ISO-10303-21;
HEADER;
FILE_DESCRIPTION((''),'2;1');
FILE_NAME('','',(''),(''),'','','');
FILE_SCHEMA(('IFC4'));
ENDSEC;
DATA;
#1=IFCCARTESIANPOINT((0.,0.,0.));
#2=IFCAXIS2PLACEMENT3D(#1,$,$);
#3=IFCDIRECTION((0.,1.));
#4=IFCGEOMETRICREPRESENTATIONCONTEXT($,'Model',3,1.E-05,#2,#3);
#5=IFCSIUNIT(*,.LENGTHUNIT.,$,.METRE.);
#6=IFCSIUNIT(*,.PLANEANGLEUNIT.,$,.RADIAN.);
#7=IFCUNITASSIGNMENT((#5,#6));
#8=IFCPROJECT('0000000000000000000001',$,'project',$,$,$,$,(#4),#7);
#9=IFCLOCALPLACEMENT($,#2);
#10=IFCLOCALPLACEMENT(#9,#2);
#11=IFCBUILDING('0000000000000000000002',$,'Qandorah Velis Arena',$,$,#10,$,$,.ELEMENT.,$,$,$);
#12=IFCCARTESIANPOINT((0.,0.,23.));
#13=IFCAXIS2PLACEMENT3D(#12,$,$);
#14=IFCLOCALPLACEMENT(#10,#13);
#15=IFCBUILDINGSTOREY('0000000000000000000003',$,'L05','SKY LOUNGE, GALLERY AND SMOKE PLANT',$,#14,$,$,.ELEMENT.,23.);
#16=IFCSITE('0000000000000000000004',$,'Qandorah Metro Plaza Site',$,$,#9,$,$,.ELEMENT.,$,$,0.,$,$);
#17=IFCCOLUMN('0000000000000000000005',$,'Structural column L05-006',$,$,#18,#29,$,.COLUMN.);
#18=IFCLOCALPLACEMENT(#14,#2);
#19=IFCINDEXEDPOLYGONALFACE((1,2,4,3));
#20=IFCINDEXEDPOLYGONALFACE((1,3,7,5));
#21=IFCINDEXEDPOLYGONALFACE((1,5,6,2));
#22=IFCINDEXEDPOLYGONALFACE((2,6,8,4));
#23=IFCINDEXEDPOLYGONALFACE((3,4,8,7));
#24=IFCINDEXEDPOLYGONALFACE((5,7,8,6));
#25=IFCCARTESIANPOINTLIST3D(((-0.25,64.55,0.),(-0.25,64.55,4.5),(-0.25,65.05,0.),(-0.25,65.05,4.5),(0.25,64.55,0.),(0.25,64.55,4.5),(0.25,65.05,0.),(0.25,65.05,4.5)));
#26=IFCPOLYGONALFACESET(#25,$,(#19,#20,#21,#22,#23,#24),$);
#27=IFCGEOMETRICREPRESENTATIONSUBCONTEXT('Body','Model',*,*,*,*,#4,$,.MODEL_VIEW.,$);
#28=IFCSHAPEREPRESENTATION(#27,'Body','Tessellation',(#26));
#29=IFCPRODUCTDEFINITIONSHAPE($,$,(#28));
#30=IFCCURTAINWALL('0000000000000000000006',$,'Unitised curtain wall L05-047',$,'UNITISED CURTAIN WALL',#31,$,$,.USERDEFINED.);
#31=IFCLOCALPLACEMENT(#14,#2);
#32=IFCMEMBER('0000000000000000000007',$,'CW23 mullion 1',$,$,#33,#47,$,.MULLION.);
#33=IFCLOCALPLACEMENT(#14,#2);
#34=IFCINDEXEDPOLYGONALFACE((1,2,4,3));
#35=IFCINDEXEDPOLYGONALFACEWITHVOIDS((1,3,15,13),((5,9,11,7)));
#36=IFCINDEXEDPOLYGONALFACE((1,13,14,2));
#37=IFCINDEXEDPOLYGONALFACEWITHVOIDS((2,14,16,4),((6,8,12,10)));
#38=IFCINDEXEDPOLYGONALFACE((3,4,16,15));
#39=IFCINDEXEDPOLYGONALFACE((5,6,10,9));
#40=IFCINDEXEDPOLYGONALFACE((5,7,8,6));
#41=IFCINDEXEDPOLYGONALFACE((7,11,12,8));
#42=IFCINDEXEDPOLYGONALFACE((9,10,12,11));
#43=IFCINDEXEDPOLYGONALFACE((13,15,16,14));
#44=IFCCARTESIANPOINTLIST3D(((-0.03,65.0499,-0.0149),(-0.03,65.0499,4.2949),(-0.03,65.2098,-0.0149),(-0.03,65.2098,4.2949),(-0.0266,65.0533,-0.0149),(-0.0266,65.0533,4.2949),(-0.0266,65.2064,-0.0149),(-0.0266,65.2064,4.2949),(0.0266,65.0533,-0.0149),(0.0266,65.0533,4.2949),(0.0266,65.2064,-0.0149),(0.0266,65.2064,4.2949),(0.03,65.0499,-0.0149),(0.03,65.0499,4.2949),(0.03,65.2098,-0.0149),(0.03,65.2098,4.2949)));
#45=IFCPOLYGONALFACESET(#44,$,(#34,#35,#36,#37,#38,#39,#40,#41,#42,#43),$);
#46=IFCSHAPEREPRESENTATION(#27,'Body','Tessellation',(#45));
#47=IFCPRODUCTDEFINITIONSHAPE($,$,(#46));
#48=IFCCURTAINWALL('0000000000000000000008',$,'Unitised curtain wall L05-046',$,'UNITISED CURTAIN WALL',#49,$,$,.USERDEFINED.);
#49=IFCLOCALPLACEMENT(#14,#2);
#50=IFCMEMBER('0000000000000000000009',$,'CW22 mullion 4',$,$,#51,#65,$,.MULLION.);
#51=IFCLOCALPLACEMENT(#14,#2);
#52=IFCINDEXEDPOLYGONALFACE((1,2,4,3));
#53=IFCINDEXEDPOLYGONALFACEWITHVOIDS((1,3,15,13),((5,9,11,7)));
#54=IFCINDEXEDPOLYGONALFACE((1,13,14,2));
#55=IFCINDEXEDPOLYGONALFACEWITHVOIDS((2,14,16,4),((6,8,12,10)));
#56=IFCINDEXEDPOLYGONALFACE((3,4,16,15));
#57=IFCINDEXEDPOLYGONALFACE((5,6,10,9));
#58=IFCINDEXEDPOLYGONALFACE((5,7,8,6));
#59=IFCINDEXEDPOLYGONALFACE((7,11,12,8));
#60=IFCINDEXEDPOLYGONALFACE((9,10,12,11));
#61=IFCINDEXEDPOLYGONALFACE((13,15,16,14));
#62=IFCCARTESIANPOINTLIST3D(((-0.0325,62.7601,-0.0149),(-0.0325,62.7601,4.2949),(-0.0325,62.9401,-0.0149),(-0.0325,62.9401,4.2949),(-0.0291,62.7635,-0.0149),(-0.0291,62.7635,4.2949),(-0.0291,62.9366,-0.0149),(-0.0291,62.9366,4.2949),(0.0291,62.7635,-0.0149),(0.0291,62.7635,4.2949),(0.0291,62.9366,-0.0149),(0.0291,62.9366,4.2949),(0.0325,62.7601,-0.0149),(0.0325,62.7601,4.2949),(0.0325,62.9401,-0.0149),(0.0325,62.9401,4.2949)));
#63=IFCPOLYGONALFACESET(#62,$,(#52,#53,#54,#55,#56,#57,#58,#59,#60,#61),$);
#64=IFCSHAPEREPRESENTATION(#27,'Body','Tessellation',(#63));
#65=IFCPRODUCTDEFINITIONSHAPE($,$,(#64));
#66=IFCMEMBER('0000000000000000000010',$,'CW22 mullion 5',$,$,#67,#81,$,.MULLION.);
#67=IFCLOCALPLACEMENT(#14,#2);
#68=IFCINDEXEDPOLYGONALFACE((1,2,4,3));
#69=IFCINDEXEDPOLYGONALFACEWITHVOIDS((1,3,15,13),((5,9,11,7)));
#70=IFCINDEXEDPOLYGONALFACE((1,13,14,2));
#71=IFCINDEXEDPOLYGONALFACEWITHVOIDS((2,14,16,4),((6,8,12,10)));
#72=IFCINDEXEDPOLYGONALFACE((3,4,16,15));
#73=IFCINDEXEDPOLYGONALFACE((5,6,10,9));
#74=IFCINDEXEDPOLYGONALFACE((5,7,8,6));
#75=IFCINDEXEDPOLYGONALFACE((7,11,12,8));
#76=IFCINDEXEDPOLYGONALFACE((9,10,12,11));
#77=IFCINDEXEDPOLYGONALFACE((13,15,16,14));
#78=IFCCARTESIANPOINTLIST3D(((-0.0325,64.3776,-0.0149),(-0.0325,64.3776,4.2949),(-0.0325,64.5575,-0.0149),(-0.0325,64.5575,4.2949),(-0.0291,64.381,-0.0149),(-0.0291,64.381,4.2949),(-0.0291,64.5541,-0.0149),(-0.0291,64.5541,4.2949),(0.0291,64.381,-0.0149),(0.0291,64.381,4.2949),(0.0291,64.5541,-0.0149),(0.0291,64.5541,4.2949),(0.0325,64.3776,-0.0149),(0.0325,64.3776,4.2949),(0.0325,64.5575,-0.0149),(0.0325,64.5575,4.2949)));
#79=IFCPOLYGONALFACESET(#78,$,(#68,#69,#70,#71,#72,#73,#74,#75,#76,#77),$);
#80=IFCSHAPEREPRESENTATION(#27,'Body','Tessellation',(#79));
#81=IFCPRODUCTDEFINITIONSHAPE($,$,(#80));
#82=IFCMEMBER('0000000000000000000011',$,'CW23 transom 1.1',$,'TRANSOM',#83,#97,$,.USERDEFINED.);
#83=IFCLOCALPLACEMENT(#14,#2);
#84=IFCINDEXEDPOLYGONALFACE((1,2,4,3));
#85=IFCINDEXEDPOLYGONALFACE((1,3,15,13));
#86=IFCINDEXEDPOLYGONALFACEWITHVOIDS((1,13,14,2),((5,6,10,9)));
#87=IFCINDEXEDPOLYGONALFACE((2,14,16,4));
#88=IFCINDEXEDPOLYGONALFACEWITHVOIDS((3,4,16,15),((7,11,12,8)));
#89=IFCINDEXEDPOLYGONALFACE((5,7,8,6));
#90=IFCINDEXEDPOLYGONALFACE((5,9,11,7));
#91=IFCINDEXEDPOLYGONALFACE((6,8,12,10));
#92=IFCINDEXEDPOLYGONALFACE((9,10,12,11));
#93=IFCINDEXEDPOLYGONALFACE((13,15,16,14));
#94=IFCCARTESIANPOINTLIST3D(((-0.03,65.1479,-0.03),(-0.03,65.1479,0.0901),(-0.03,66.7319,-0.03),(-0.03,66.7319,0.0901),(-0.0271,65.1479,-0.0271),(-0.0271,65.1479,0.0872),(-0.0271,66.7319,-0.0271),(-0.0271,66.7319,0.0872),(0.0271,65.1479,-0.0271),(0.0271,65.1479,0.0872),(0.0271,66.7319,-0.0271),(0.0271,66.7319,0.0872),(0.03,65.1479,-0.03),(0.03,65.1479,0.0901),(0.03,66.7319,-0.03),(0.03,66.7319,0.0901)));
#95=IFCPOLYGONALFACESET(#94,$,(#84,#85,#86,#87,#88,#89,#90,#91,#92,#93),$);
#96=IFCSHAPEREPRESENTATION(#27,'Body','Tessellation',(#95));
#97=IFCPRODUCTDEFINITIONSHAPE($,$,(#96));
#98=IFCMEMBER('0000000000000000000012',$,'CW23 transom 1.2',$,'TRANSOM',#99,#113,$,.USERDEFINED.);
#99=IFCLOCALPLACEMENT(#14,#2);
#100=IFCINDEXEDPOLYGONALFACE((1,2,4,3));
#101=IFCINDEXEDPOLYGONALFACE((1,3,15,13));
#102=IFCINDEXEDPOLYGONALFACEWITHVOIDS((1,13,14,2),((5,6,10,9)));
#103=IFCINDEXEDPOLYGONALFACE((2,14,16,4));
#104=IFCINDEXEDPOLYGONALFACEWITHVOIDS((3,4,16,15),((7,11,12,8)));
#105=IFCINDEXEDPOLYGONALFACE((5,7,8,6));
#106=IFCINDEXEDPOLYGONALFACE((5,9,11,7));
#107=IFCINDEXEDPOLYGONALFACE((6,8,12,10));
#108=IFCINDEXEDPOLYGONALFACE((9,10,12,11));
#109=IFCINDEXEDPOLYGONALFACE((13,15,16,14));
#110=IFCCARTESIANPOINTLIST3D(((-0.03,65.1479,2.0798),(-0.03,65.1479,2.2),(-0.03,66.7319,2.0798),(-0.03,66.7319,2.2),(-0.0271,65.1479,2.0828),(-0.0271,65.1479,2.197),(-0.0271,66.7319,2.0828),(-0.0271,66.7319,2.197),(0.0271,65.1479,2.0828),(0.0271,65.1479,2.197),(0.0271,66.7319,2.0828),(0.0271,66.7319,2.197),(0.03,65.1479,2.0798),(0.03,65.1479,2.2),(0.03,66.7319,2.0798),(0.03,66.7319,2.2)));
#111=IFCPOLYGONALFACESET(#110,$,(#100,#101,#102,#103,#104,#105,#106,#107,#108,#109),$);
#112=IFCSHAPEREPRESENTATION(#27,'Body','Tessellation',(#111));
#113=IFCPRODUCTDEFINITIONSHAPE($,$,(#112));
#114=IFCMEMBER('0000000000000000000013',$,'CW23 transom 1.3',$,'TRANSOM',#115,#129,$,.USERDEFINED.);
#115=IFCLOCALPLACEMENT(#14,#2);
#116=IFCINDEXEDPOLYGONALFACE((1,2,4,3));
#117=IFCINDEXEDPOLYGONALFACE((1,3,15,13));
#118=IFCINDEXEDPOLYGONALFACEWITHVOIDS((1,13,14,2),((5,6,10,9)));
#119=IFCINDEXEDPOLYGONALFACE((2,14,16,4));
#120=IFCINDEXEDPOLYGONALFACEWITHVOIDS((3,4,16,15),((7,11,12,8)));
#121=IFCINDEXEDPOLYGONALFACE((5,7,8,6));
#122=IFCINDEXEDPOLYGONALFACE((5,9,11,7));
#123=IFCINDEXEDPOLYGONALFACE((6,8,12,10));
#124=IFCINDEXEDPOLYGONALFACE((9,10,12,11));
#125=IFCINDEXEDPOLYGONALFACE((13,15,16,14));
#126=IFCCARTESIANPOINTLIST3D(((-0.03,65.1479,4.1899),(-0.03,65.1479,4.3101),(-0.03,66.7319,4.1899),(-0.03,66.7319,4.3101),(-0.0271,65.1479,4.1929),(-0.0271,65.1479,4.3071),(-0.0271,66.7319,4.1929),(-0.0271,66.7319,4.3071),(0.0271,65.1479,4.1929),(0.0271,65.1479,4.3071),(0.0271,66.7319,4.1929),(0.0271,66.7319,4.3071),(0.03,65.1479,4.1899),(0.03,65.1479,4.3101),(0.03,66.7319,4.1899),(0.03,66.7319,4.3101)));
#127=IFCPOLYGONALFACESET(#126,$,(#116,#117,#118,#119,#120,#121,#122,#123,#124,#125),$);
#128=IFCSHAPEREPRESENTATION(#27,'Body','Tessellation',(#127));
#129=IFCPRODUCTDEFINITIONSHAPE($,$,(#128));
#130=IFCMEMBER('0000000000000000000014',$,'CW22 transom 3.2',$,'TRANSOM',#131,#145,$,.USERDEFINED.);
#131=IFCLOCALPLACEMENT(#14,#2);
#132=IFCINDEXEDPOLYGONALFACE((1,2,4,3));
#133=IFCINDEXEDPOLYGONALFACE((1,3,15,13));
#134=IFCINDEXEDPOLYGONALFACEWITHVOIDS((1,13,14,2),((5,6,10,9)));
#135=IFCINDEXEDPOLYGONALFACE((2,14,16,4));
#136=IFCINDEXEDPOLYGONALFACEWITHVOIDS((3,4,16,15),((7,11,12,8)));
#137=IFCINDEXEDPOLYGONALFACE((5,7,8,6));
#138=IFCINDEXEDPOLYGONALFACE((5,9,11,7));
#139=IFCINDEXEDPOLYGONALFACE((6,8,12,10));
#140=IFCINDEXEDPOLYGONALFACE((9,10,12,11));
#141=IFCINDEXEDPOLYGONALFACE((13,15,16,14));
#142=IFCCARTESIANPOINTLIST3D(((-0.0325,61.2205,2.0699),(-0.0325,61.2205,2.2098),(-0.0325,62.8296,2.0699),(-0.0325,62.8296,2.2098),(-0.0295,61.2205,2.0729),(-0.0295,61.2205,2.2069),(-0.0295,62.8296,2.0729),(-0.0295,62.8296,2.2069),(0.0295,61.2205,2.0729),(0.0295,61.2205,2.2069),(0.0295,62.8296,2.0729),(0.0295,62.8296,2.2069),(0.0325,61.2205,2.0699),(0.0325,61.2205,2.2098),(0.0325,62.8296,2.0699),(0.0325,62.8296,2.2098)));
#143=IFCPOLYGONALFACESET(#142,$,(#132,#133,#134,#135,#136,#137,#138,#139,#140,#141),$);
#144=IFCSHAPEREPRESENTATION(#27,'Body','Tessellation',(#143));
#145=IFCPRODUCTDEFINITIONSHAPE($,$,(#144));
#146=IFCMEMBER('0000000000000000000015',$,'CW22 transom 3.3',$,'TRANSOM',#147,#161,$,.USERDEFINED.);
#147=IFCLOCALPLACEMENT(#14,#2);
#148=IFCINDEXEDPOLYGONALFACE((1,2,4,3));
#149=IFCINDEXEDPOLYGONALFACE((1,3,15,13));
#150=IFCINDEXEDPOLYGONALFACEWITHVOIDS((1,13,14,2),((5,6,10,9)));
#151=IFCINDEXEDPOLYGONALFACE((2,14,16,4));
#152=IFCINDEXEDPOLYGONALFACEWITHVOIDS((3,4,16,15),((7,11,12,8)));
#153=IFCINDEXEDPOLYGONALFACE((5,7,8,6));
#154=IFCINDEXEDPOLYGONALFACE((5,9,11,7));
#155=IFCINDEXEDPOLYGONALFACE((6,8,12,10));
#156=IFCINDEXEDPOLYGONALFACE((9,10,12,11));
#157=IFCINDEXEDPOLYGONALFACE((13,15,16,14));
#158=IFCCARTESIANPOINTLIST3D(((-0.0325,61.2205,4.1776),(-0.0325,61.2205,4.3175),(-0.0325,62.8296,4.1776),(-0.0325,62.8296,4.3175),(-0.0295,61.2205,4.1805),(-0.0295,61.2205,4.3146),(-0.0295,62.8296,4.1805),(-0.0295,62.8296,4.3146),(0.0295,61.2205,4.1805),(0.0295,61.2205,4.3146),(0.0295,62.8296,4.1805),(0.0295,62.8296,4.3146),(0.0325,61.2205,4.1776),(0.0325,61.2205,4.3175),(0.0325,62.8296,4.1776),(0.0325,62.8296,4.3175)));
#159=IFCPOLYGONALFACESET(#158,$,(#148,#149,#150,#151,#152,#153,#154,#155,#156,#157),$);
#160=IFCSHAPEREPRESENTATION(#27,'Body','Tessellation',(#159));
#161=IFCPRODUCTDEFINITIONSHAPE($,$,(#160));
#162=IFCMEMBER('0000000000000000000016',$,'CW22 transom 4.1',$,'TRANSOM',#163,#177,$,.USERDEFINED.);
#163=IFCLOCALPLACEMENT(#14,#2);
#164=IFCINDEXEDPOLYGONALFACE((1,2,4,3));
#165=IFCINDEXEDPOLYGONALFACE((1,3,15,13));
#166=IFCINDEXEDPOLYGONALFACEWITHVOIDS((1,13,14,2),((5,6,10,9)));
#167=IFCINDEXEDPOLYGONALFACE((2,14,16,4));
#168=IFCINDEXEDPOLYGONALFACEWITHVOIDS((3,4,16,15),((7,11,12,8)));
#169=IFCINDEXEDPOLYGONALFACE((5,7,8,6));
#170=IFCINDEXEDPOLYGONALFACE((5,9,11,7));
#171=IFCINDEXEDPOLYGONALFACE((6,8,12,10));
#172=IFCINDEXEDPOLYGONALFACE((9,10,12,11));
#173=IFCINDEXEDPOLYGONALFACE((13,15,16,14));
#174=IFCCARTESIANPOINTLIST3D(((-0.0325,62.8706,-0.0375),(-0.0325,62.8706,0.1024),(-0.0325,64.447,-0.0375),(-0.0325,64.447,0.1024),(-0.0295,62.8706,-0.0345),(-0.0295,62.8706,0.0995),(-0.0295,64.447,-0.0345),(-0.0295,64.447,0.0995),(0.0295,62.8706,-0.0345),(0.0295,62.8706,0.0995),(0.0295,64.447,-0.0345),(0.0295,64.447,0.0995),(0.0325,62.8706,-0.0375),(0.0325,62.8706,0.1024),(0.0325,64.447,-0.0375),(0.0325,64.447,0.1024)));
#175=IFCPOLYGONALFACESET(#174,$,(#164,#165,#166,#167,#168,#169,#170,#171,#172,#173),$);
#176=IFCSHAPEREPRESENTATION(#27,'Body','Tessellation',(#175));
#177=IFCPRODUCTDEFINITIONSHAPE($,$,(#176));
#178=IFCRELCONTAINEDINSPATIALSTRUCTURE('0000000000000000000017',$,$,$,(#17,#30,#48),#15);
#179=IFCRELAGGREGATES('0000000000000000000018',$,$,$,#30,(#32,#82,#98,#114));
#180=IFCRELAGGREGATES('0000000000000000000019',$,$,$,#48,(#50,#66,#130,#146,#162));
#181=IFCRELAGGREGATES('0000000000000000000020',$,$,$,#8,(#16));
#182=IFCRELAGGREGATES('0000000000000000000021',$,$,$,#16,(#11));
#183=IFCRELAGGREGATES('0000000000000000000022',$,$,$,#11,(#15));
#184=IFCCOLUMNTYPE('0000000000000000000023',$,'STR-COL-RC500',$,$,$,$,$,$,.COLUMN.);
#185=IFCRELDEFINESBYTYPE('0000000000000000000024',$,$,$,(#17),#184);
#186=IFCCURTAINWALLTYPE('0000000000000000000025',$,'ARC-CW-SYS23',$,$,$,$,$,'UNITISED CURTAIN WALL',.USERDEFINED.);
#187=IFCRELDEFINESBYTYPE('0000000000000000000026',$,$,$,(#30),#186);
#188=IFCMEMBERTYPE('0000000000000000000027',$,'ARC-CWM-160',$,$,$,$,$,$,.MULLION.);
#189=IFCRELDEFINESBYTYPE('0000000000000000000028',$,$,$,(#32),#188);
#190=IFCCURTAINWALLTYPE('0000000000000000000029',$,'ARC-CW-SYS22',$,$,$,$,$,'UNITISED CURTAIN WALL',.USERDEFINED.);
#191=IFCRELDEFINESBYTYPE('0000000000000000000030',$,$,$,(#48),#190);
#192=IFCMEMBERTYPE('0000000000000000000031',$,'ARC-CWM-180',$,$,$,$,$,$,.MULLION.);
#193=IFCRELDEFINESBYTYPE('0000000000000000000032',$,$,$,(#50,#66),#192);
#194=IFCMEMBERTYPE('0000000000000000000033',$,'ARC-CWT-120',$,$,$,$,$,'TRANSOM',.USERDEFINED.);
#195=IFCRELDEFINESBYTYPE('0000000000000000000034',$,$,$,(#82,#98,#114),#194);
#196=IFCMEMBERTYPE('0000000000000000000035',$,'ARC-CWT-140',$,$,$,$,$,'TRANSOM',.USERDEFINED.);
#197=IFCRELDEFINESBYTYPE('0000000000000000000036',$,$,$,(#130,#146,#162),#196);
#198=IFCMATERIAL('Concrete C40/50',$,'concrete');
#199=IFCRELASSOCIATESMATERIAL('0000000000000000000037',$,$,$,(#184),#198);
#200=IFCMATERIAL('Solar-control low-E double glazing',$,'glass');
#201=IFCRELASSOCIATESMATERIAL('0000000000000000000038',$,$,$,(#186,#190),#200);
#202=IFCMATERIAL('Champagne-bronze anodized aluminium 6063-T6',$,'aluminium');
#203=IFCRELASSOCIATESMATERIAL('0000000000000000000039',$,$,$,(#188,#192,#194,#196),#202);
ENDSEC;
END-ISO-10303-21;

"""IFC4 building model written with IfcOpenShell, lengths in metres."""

from ifc_helpers import new_model, si_unit, direction, frame, origin, origin_2d, place, context, subcontext, project, spatial, rectangle, hollow_rectangle, extrude, material, material_profile, profile_set, type_object, element, aggregate, save


model = new_model("IFC4")

# Units and contexts
model_context = context("Model", 3, precision=1e-05, world=origin(), true_north=direction((0.0, 1.0)))
body_context = subcontext(model_context, "Body", "Model", "MODEL_VIEW")
ifc_project = project(units=[si_unit("LENGTHUNIT", "METRE"), si_unit("PLANEANGLEUNIT", "RADIAN")], contexts=[model_context])

# Site, building, storey
site_placement = place(None, origin())
site = spatial("IfcSite", under=ifc_project, at=site_placement, Name="Qandorah Metro Plaza Site", CompositionType="ELEMENT", RefElevation=0.0)
building_placement = place(site_placement, origin())
building = spatial("IfcBuilding", under=site, at=building_placement, Name="Qandorah Velis Arena", CompositionType="ELEMENT")
storey_placement = place(building_placement, frame((0.0, 0.0, 23.0)))
storey = spatial("IfcBuildingStorey", under=building, at=storey_placement, Name="L05", Description="SKY LOUNGE, GALLERY AND SMOKE PLANT", CompositionType="ELEMENT", Elevation=23.0)

# Column
ifc_material_1 = material(Name="Concrete C40/50", Category="concrete")
ifc_material_profile_1 = material_profile(ifc_material_1, rectangle(XDim=0.5, YDim=0.5, at=origin_2d()), Name="RC COL 500x500")
ifc_profile_set_1 = profile_set([ifc_material_profile_1], Name="Concrete C40/50")
column_type = type_object("IfcColumnType", Name="STR-COL-RC500", PredefinedType="COLUMN", material=ifc_profile_set_1)
column_placement = place(storey_placement, frame((0.0, 64.8, 0.0), z_axis=(0.0, 0.0, 1.0), x_axis=(1.0, 0.0, 0.0)))
element("IfcColumn", 1, at=column_placement, inside=storey, type_object=column_type, Name="Structural column L05-006", PredefinedType="COLUMN", context=body_context, shape_type="SweptSolid", body=[
    extrude(rectangle(XDim=0.5, YDim=0.5, at=origin_2d()), origin(), (0.0, 0.0, 1.0), 4.5),
])

# Curtain wall, member
ifc_material_2 = material(Name="Solar-control low-E double glazing", Category="glass")
curtain_wall_type_1 = type_object("IfcCurtainWallType", Name="ARC-CW-SYS23", ElementType="UNITISED CURTAIN WALL", PredefinedType="USERDEFINED", material=ifc_material_2)
curtain_wall_1_placement = place(storey_placement, origin())
curtain_wall_1 = element("IfcCurtainWall", 2, at=curtain_wall_1_placement, inside=storey, type_object=curtain_wall_type_1, Name="Unitised curtain wall L05-047", ObjectType="UNITISED CURTAIN WALL", PredefinedType="USERDEFINED")
ifc_material_3 = material(Name="Champagne-bronze anodized aluminium 6063-T6", Category="aluminium")
ifc_material_profile_2 = material_profile(ifc_material_3, hollow_rectangle(XDim=0.0601, YDim=0.1599, WallThickness=0.0034, at=origin_2d()), Name="ALU MULLION 60x160")
ifc_profile_set_2 = profile_set([ifc_material_profile_2], Name="Champagne-bronze anodized aluminium 6063-T6")
member_type_1 = type_object("IfcMemberType", Name="ARC-CWM-160", PredefinedType="MULLION", material=ifc_profile_set_2)
member_1_placement = place(storey_placement, frame((0.0, 65.1299, -0.0149), z_axis=(0.0, 0.0, 1.0), x_axis=(-1.0, 0.0, 0.0)))
member_1 = element("IfcMember", 3, at=member_1_placement, type_object=member_type_1, Name="CW23 mullion 1", PredefinedType="MULLION", context=body_context, shape_type="SweptSolid", body=[
    extrude(hollow_rectangle(XDim=0.0601, YDim=0.1599, WallThickness=0.0034, at=origin_2d()), origin(), (0.0, 0.0, 1.0), 4.3098),
])

# Curtain wall, members
curtain_wall_type_2 = type_object("IfcCurtainWallType", Name="ARC-CW-SYS22", ElementType="UNITISED CURTAIN WALL", PredefinedType="USERDEFINED", material=ifc_material_2)
curtain_wall_2_placement = place(storey_placement, origin())
curtain_wall_2 = element("IfcCurtainWall", 4, at=curtain_wall_2_placement, inside=storey, type_object=curtain_wall_type_2, Name="Unitised curtain wall L05-046", ObjectType="UNITISED CURTAIN WALL", PredefinedType="USERDEFINED")
ifc_material_profile_3 = material_profile(ifc_material_3, hollow_rectangle(XDim=0.0649, YDim=0.1799, WallThickness=0.0034, at=origin_2d()), Name="ALU MULLION 65x180")
ifc_profile_set_3 = profile_set([ifc_material_profile_3], Name="Champagne-bronze anodized aluminium 6063-T6")
member_type_2 = type_object("IfcMemberType", Name="ARC-CWM-180", PredefinedType="MULLION", material=ifc_profile_set_3)
member_2_placement = place(storey_placement, frame((0.0, 62.8501, -0.0149), z_axis=(0.0, 0.0, 1.0), x_axis=(-1.0, 0.0, 0.0)))
member_2 = element("IfcMember", 5, at=member_2_placement, type_object=member_type_2, Name="CW22 mullion 4", PredefinedType="MULLION", context=body_context, shape_type="SweptSolid", body=[
    extrude(hollow_rectangle(XDim=0.0649, YDim=0.1799, WallThickness=0.0034, at=origin_2d()), origin(), (0.0, 0.0, 1.0), 4.3098),
])
member_3_placement = place(storey_placement, frame((0.0, 64.4675, -0.0149), z_axis=(0.0, 0.0, 1.0), x_axis=(-1.0, 0.0, 0.0)))
member_3 = element("IfcMember", 6, at=member_3_placement, type_object=member_type_2, Name="CW22 mullion 5", PredefinedType="MULLION", context=body_context, shape_type="SweptSolid", body=[
    extrude(hollow_rectangle(XDim=0.0649, YDim=0.1799, WallThickness=0.0034, at=origin_2d()), origin(), (0.0, 0.0, 1.0), 4.3098),
])

# Members
ifc_material_profile_4 = material_profile(ifc_material_3, hollow_rectangle(XDim=0.0601, YDim=0.1201, WallThickness=0.0029, at=origin_2d()), Name="ALU TRANSOM 60x120")
ifc_profile_set_4 = profile_set([ifc_material_profile_4], Name="Champagne-bronze anodized aluminium 6063-T6")
member_type_3 = type_object("IfcMemberType", Name="ARC-CWT-120", ElementType="TRANSOM", PredefinedType="USERDEFINED", material=ifc_profile_set_4)
member_4_placement = place(storey_placement, frame((0.0, 65.1479, 0.03), z_axis=(0.0, 1.0, 0.0), x_axis=(-1.0, 0.0, 0.0)))
member_4 = element("IfcMember", 7, at=member_4_placement, type_object=member_type_3, Name="CW23 transom 1.1", ObjectType="TRANSOM", PredefinedType="USERDEFINED", context=body_context, shape_type="SweptSolid", body=[
    extrude(hollow_rectangle(XDim=0.0601, YDim=0.1201, WallThickness=0.0029, at=origin_2d()), origin(), (0.0, 0.0, 1.0), 1.584),
])
member_5_placement = place(storey_placement, frame((0.0, 65.1479, 2.1399), z_axis=(0.0, 1.0, 0.0), x_axis=(-1.0, 0.0, 0.0)))
member_5 = element("IfcMember", 8, at=member_5_placement, type_object=member_type_3, Name="CW23 transom 1.2", ObjectType="TRANSOM", PredefinedType="USERDEFINED", context=body_context, shape_type="SweptSolid", body=[
    extrude(hollow_rectangle(XDim=0.0601, YDim=0.1201, WallThickness=0.0029, at=origin_2d()), origin(), (0.0, 0.0, 1.0), 1.584),
])
member_6_placement = place(storey_placement, frame((0.0, 65.1479, 4.25), z_axis=(0.0, 1.0, 0.0), x_axis=(-1.0, 0.0, 0.0)))
member_6 = element("IfcMember", 9, at=member_6_placement, type_object=member_type_3, Name="CW23 transom 1.3", ObjectType="TRANSOM", PredefinedType="USERDEFINED", context=body_context, shape_type="SweptSolid", body=[
    extrude(hollow_rectangle(XDim=0.0601, YDim=0.1201, WallThickness=0.0029, at=origin_2d()), origin(), (0.0, 0.0, 1.0), 1.584),
])
ifc_material_profile_5 = material_profile(ifc_material_3, hollow_rectangle(XDim=0.0649, YDim=0.1399, WallThickness=0.0029, at=origin_2d()), Name="ALU TRANSOM 65x140")
ifc_profile_set_5 = profile_set([ifc_material_profile_5], Name="Champagne-bronze anodized aluminium 6063-T6")
member_type_4 = type_object("IfcMemberType", Name="ARC-CWT-140", ElementType="TRANSOM", PredefinedType="USERDEFINED", material=ifc_profile_set_5)
member_7_placement = place(storey_placement, frame((0.0, 61.2205, 2.1399), z_axis=(0.0, 1.0, 0.0), x_axis=(-1.0, 0.0, 0.0)))
member_7 = element("IfcMember", 10, at=member_7_placement, type_object=member_type_4, Name="CW22 transom 3.2", ObjectType="TRANSOM", PredefinedType="USERDEFINED", context=body_context, shape_type="SweptSolid", body=[
    extrude(hollow_rectangle(XDim=0.0649, YDim=0.1399, WallThickness=0.0029, at=origin_2d()), origin(), (0.0, 0.0, 1.0), 1.6091),
])
member_8_placement = place(storey_placement, frame((0.0, 61.2205, 4.2476), z_axis=(0.0, 1.0, 0.0), x_axis=(-1.0, 0.0, 0.0)))
member_8 = element("IfcMember", 11, at=member_8_placement, type_object=member_type_4, Name="CW22 transom 3.3", ObjectType="TRANSOM", PredefinedType="USERDEFINED", context=body_context, shape_type="SweptSolid", body=[
    extrude(hollow_rectangle(XDim=0.0649, YDim=0.1399, WallThickness=0.0029, at=origin_2d()), origin(), (0.0, 0.0, 1.0), 1.6091),
])
member_9_placement = place(storey_placement, frame((0.0, 62.8706, 0.0325), z_axis=(0.0, 1.0, 0.0), x_axis=(-1.0, 0.0, 0.0)))
member_9 = element("IfcMember", 12, at=member_9_placement, type_object=member_type_4, Name="CW22 transom 4.1", ObjectType="TRANSOM", PredefinedType="USERDEFINED", context=body_context, shape_type="SweptSolid", body=[
    extrude(hollow_rectangle(XDim=0.0649, YDim=0.1399, WallThickness=0.0029, at=origin_2d()), origin(), (0.0, 0.0, 1.0), 1.5764),
])

aggregate(curtain_wall_1, [member_1, member_4, member_5, member_6])
aggregate(curtain_wall_2, [member_2, member_3, member_7, member_8, member_9])

save(model, "model.ifc")
